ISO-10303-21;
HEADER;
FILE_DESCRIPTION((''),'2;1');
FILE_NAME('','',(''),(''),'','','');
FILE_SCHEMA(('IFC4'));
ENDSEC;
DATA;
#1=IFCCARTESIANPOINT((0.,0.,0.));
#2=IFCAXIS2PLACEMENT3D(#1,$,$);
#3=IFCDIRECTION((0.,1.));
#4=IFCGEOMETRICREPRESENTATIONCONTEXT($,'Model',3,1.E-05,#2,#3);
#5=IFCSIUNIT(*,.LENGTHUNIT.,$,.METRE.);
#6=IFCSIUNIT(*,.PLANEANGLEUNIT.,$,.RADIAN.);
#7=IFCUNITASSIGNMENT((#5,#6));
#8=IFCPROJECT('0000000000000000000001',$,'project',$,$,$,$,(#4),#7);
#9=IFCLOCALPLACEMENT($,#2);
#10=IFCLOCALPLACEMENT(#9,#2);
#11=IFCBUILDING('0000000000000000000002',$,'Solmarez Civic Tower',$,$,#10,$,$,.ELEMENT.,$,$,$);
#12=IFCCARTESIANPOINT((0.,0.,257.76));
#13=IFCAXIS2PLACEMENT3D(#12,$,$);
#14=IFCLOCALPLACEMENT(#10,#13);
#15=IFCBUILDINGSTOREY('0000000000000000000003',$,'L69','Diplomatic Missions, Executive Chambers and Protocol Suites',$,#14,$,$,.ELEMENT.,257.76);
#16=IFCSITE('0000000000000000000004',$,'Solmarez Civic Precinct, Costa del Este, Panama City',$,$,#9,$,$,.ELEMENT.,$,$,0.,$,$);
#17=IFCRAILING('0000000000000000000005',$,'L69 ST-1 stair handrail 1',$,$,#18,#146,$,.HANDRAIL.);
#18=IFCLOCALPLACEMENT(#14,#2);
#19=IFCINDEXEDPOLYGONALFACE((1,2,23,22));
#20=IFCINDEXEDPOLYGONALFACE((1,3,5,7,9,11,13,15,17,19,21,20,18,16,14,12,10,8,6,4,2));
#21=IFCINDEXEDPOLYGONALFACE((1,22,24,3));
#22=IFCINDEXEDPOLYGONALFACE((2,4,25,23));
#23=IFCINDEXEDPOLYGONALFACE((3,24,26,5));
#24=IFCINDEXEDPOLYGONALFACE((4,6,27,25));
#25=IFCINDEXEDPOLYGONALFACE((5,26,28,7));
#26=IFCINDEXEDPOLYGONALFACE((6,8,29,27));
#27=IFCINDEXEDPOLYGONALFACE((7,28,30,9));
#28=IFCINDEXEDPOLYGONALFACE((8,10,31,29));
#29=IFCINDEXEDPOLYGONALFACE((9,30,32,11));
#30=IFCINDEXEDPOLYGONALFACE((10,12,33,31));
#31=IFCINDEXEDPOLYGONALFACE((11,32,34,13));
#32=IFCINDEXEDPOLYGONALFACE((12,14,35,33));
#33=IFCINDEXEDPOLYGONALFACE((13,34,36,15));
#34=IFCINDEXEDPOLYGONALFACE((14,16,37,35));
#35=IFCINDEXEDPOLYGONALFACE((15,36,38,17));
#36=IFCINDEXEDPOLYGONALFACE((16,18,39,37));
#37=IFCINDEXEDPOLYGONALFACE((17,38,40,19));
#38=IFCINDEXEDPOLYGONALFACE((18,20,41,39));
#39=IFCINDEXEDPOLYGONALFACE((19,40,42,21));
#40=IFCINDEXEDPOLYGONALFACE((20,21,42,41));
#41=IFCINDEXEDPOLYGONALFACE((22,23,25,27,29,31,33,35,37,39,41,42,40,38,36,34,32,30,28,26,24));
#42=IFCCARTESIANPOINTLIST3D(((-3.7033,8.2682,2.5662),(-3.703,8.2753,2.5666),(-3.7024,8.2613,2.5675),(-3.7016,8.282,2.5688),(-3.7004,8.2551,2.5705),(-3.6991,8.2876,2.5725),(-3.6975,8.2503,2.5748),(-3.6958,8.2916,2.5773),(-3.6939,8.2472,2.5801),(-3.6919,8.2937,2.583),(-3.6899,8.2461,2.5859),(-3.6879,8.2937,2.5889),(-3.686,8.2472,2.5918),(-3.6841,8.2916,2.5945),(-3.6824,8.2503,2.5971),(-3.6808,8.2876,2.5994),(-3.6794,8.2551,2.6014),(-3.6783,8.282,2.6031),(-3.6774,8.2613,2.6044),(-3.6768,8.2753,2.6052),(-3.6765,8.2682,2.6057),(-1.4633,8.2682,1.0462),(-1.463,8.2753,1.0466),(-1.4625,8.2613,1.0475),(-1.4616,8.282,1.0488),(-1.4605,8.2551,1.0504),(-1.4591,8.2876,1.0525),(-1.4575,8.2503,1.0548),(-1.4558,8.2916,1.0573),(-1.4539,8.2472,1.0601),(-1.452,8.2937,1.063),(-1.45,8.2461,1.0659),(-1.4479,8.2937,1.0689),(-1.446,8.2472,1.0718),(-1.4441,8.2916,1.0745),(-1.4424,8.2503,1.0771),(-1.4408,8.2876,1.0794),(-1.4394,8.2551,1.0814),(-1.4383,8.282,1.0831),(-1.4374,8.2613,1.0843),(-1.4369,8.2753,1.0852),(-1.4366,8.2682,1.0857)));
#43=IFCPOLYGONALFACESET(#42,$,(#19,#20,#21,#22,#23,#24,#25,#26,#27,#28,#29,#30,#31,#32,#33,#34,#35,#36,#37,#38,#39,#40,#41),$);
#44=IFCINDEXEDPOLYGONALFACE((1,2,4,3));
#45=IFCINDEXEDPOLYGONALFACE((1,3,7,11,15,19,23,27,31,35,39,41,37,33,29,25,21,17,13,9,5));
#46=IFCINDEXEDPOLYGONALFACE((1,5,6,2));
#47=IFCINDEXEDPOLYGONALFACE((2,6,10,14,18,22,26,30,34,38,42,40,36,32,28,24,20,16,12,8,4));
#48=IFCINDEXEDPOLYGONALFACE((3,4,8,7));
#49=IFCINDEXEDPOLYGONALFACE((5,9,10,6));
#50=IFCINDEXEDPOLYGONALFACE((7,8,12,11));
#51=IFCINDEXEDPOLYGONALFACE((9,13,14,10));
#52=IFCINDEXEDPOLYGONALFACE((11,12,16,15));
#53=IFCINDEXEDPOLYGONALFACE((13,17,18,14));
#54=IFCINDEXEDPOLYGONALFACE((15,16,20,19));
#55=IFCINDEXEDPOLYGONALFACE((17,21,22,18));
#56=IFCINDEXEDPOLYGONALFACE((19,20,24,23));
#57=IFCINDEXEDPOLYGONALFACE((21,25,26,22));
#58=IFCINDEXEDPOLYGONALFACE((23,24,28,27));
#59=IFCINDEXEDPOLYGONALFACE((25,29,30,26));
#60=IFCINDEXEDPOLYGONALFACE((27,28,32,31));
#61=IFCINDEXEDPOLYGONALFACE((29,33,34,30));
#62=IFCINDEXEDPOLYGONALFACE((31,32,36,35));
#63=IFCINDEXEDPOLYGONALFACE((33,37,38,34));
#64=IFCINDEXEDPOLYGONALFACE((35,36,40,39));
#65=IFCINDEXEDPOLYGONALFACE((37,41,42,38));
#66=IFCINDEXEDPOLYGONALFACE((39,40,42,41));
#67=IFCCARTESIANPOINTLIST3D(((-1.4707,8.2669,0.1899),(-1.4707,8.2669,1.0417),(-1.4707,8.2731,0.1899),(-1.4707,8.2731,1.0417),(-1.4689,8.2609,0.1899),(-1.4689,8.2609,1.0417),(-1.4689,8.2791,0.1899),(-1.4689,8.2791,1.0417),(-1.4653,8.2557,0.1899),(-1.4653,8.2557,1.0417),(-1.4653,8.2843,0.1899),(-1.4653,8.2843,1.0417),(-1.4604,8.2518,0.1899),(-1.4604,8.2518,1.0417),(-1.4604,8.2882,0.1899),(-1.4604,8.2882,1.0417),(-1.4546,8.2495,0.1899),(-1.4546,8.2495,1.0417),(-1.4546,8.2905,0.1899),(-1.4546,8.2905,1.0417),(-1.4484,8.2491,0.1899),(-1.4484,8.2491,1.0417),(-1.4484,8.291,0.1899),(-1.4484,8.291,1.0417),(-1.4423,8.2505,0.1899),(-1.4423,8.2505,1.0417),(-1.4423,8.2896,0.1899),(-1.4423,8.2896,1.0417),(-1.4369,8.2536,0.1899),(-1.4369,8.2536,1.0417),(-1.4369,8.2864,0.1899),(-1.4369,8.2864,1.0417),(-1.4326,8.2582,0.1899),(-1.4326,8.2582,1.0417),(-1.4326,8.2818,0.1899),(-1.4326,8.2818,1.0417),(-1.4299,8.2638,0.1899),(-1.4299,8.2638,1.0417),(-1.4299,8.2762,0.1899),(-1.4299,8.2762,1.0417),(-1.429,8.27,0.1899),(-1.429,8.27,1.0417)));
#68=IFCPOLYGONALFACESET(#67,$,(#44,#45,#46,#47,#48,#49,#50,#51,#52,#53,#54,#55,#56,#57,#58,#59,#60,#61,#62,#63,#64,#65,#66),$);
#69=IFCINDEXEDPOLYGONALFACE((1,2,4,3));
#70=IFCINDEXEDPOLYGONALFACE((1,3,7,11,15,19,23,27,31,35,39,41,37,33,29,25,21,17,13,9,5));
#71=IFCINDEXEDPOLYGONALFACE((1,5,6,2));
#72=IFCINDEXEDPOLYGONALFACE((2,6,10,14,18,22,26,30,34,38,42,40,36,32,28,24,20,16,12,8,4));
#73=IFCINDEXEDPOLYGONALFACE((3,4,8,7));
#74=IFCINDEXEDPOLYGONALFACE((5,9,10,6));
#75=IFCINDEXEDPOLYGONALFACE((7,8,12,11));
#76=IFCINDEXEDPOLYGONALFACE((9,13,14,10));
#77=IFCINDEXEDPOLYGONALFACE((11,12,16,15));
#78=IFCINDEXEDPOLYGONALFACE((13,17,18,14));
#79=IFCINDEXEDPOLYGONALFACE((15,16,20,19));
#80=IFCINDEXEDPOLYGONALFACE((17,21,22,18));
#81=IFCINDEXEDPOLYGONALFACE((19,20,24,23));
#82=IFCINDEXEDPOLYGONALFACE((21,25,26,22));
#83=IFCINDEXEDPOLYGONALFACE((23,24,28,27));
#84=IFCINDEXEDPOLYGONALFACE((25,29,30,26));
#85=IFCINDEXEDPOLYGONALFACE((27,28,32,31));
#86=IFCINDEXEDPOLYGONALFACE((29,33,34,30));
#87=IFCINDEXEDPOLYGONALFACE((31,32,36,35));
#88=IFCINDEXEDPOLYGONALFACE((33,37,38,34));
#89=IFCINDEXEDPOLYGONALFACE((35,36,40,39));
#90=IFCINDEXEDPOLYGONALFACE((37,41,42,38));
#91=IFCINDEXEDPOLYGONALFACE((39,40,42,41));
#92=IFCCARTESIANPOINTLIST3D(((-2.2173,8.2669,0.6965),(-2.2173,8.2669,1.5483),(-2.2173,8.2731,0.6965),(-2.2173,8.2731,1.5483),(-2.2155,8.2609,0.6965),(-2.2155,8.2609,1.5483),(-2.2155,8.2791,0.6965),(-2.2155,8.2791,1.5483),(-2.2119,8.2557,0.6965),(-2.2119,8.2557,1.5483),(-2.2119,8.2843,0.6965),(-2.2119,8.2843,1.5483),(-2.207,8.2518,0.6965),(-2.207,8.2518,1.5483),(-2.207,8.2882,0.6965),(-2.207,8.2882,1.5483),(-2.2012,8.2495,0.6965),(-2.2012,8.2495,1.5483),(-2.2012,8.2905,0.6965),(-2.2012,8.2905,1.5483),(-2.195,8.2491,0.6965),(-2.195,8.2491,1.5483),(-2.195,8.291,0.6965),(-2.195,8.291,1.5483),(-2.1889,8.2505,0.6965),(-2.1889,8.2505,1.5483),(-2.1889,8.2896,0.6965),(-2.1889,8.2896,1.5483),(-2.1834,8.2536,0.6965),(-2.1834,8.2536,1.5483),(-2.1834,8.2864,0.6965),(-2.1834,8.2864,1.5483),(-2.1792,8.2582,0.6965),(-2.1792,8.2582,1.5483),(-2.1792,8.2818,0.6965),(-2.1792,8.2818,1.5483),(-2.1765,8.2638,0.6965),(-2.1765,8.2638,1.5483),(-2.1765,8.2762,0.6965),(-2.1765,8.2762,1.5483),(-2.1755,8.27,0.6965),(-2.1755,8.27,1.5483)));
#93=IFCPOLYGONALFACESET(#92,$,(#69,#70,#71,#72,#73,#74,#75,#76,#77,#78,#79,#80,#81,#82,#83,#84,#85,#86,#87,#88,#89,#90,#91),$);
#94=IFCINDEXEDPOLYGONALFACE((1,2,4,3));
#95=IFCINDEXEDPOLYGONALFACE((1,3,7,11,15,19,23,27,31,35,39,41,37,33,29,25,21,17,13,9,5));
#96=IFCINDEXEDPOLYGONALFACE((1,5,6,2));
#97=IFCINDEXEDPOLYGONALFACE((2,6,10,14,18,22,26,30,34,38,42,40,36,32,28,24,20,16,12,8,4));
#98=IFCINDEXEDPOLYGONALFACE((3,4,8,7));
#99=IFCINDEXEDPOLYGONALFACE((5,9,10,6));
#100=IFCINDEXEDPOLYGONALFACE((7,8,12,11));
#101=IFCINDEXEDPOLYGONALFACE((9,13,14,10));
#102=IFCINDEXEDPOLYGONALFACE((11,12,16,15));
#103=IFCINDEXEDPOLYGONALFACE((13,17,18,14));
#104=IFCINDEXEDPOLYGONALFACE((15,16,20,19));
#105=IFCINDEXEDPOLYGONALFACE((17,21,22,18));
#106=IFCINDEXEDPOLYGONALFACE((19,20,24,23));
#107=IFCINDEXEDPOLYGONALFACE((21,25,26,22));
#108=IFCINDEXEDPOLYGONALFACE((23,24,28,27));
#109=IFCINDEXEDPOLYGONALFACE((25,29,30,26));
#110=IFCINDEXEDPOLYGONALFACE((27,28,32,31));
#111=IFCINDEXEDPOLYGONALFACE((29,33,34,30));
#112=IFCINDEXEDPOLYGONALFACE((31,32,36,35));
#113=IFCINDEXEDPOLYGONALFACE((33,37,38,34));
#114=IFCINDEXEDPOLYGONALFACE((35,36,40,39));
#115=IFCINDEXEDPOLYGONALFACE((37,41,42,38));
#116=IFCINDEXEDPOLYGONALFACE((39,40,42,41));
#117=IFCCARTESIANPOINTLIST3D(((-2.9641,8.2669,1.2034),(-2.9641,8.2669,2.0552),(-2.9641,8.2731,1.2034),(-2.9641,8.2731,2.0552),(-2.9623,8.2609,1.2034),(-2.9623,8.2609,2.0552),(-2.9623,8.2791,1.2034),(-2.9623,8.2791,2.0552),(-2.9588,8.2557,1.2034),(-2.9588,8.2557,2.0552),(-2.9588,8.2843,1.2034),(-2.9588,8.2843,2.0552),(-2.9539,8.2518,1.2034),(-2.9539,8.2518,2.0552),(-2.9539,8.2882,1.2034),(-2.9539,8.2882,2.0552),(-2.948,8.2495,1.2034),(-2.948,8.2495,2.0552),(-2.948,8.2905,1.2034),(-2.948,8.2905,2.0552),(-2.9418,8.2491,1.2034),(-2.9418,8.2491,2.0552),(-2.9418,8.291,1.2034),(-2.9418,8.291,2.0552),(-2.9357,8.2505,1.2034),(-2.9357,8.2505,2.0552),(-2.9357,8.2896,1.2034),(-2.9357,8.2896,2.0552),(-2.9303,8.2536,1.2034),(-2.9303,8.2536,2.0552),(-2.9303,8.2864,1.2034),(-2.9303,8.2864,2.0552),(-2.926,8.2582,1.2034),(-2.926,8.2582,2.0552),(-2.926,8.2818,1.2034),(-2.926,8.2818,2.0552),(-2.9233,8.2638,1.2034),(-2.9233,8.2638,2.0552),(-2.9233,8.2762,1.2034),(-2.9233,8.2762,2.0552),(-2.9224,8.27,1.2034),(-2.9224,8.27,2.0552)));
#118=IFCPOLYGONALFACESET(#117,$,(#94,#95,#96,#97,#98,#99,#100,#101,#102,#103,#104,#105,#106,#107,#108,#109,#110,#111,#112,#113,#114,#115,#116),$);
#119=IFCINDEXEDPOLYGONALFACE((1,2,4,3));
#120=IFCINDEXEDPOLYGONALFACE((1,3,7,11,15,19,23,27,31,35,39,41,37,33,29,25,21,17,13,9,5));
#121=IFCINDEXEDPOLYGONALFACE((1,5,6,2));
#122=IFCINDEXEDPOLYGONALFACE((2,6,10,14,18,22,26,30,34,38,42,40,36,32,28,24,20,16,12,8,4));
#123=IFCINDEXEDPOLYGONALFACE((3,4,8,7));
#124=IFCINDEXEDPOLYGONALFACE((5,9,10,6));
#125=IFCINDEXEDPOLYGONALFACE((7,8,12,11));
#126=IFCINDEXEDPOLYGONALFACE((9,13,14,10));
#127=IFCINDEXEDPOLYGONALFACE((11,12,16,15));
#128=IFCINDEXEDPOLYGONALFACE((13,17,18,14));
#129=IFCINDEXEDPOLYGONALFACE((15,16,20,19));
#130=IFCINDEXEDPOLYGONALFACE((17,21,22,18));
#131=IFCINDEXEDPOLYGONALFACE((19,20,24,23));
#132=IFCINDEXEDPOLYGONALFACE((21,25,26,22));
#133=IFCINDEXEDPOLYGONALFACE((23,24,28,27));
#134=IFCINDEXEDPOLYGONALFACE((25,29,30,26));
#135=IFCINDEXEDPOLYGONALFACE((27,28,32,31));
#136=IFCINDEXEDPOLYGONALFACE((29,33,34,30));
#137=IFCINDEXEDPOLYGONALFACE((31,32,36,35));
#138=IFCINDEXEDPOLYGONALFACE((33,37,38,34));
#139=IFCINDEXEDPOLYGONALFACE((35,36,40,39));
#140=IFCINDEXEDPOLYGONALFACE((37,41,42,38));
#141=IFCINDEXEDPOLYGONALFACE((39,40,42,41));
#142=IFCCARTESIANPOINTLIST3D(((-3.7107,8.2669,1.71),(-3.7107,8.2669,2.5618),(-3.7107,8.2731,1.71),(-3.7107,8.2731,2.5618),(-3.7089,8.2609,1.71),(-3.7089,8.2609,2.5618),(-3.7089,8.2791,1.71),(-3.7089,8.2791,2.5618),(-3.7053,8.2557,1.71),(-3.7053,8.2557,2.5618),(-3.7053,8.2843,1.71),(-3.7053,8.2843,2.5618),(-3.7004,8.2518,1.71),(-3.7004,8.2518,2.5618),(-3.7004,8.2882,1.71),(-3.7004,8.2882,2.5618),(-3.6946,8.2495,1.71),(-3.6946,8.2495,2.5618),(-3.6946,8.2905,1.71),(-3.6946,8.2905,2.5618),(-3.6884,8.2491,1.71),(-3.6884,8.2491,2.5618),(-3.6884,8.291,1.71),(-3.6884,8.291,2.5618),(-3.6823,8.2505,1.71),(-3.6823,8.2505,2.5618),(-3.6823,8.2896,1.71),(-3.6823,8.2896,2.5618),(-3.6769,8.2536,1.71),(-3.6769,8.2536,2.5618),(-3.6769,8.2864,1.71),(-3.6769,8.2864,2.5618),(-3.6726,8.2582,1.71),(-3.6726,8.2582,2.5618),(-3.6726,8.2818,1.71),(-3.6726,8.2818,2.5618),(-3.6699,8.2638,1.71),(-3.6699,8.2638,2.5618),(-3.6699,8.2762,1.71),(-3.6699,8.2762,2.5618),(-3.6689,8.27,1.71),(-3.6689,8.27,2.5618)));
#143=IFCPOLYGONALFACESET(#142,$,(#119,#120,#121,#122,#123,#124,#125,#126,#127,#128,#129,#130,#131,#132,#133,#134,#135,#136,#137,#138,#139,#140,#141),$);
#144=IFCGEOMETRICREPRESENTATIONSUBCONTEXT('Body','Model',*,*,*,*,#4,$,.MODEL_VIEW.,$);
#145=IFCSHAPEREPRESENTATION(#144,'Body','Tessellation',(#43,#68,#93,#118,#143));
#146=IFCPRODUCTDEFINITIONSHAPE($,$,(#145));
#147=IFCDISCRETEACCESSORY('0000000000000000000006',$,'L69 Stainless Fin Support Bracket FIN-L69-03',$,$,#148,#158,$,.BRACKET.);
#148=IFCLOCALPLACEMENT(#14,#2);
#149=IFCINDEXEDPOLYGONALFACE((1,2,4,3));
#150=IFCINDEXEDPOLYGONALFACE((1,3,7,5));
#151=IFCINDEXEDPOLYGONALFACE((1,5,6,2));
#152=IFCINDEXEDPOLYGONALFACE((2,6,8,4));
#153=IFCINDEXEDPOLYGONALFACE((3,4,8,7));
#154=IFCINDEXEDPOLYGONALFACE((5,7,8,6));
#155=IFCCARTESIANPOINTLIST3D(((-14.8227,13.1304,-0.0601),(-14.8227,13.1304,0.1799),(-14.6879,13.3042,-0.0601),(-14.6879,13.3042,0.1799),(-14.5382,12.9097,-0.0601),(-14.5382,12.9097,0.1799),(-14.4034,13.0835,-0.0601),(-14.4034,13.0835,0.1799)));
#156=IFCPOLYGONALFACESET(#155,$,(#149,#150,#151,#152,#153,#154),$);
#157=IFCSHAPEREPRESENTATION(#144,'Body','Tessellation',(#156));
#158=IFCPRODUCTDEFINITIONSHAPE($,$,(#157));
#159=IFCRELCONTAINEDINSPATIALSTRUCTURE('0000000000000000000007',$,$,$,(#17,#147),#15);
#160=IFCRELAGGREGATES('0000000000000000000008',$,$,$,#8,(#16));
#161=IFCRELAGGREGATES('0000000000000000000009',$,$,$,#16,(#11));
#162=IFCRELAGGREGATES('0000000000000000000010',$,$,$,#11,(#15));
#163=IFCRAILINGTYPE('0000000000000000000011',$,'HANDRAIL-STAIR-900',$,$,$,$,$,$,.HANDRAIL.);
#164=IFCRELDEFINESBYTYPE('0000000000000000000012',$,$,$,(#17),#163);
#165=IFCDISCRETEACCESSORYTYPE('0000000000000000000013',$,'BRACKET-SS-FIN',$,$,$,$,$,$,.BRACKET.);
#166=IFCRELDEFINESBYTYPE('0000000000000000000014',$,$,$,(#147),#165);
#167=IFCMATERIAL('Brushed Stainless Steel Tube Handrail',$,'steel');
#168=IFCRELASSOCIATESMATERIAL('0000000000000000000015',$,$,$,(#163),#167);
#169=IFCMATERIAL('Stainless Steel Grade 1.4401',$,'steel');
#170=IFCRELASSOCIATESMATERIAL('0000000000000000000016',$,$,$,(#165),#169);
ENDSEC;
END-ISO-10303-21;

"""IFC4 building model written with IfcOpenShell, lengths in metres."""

from ifc_helpers import new_model, si_unit, direction, frame, origin, origin_2d, place, context, subcontext, project, spatial, rectangle, circle, extrude, material, type_object, element, save


model = new_model("IFC4")

# Units and contexts
model_context = context("Model", 3, precision=1e-05, world=origin(), true_north=direction((0.0, 1.0)))
body_context = subcontext(model_context, "Body", "Model", "MODEL_VIEW")
ifc_project = project(units=[si_unit("LENGTHUNIT", "METRE"), si_unit("PLANEANGLEUNIT", "RADIAN")], contexts=[model_context])

# Site, building, storey
site_placement = place(None, origin())
site = spatial("IfcSite", under=ifc_project, at=site_placement, Name="Solmarez Civic Precinct, Costa del Este, Panama City", CompositionType="ELEMENT", RefElevation=0.0)
building_placement = place(site_placement, origin())
building = spatial("IfcBuilding", under=site, at=building_placement, Name="Solmarez Civic Tower", CompositionType="ELEMENT")
storey_placement = place(building_placement, frame((0.0, 0.0, 257.76)))
storey = spatial("IfcBuildingStorey", under=building, at=storey_placement, Name="L69", Description="Diplomatic Missions, Executive Chambers and Protocol Suites", CompositionType="ELEMENT", Elevation=257.76)

# Railing
ifc_material_1 = material(Name="Brushed Stainless Steel Tube Handrail", Category="steel")
railing_type_1 = type_object("IfcRailingType", Name="HANDRAIL-STAIR-900", PredefinedType="HANDRAIL", material=ifc_material_1)
railing_1_placement = place(storey_placement, frame((-1.45, 8.27, 0.1899)))
element("IfcRailing", 1, at=railing_1_placement, inside=storey, type_object=railing_type_1, Name="L69 ST-1 stair handrail 1", PredefinedType="HANDRAIL", context=body_context, shape_type="SweptSolid", body=[
    extrude(circle(Radius=0.0239, at=origin_2d()), frame((0.0, 0.0, 0.876), z_axis=(-0.827471, 0.0, 0.561508), x_axis=(0.0, -1.0, 0.0)), (0.0, 0.0, 1.0), 2.707),
    extrude(circle(Radius=0.021, at=origin_2d()), origin(), (0.0, 0.0, 1.0), 0.8518),
    extrude(circle(Radius=0.021, at=origin_2d()), frame((-0.7466, 0.0, 0.5066)), (0.0, 0.0, 1.0), 0.8518),
    extrude(circle(Radius=0.021, at=origin_2d()), frame((-1.4934, 0.0, 1.0134)), (0.0, 0.0, 1.0), 0.8518),
    extrude(circle(Radius=0.021, at=origin_2d()), frame((-2.24, 0.0, 1.52)), (0.0, 0.0, 1.0), 0.8518),
])

# Discrete accessory
ifc_material_2 = material(Name="Stainless Steel Grade 1.4401", Category="steel")
discrete_accessory_type = type_object("IfcDiscreteAccessoryType", Name="BRACKET-SS-FIN", PredefinedType="BRACKET", material=ifc_material_2)
discrete_accessory_placement = place(storey_placement, frame((-14.613, 13.1069, -0.0601), z_axis=(0.0, 0.0, 1.0), x_axis=(-0.790183, 0.61287, 0.0)))
element("IfcDiscreteAccessory", 2, at=discrete_accessory_placement, inside=storey, type_object=discrete_accessory_type, Name="L69 Stainless Fin Support Bracket FIN-L69-03", PredefinedType="BRACKET", context=body_context, shape_type="SweptSolid", body=[
    extrude(rectangle(XDim=0.3601, YDim=0.22, at=origin_2d()), origin(), (0.0, 0.0, 1.0), 0.24),
])

save(model, "model.ifc")
